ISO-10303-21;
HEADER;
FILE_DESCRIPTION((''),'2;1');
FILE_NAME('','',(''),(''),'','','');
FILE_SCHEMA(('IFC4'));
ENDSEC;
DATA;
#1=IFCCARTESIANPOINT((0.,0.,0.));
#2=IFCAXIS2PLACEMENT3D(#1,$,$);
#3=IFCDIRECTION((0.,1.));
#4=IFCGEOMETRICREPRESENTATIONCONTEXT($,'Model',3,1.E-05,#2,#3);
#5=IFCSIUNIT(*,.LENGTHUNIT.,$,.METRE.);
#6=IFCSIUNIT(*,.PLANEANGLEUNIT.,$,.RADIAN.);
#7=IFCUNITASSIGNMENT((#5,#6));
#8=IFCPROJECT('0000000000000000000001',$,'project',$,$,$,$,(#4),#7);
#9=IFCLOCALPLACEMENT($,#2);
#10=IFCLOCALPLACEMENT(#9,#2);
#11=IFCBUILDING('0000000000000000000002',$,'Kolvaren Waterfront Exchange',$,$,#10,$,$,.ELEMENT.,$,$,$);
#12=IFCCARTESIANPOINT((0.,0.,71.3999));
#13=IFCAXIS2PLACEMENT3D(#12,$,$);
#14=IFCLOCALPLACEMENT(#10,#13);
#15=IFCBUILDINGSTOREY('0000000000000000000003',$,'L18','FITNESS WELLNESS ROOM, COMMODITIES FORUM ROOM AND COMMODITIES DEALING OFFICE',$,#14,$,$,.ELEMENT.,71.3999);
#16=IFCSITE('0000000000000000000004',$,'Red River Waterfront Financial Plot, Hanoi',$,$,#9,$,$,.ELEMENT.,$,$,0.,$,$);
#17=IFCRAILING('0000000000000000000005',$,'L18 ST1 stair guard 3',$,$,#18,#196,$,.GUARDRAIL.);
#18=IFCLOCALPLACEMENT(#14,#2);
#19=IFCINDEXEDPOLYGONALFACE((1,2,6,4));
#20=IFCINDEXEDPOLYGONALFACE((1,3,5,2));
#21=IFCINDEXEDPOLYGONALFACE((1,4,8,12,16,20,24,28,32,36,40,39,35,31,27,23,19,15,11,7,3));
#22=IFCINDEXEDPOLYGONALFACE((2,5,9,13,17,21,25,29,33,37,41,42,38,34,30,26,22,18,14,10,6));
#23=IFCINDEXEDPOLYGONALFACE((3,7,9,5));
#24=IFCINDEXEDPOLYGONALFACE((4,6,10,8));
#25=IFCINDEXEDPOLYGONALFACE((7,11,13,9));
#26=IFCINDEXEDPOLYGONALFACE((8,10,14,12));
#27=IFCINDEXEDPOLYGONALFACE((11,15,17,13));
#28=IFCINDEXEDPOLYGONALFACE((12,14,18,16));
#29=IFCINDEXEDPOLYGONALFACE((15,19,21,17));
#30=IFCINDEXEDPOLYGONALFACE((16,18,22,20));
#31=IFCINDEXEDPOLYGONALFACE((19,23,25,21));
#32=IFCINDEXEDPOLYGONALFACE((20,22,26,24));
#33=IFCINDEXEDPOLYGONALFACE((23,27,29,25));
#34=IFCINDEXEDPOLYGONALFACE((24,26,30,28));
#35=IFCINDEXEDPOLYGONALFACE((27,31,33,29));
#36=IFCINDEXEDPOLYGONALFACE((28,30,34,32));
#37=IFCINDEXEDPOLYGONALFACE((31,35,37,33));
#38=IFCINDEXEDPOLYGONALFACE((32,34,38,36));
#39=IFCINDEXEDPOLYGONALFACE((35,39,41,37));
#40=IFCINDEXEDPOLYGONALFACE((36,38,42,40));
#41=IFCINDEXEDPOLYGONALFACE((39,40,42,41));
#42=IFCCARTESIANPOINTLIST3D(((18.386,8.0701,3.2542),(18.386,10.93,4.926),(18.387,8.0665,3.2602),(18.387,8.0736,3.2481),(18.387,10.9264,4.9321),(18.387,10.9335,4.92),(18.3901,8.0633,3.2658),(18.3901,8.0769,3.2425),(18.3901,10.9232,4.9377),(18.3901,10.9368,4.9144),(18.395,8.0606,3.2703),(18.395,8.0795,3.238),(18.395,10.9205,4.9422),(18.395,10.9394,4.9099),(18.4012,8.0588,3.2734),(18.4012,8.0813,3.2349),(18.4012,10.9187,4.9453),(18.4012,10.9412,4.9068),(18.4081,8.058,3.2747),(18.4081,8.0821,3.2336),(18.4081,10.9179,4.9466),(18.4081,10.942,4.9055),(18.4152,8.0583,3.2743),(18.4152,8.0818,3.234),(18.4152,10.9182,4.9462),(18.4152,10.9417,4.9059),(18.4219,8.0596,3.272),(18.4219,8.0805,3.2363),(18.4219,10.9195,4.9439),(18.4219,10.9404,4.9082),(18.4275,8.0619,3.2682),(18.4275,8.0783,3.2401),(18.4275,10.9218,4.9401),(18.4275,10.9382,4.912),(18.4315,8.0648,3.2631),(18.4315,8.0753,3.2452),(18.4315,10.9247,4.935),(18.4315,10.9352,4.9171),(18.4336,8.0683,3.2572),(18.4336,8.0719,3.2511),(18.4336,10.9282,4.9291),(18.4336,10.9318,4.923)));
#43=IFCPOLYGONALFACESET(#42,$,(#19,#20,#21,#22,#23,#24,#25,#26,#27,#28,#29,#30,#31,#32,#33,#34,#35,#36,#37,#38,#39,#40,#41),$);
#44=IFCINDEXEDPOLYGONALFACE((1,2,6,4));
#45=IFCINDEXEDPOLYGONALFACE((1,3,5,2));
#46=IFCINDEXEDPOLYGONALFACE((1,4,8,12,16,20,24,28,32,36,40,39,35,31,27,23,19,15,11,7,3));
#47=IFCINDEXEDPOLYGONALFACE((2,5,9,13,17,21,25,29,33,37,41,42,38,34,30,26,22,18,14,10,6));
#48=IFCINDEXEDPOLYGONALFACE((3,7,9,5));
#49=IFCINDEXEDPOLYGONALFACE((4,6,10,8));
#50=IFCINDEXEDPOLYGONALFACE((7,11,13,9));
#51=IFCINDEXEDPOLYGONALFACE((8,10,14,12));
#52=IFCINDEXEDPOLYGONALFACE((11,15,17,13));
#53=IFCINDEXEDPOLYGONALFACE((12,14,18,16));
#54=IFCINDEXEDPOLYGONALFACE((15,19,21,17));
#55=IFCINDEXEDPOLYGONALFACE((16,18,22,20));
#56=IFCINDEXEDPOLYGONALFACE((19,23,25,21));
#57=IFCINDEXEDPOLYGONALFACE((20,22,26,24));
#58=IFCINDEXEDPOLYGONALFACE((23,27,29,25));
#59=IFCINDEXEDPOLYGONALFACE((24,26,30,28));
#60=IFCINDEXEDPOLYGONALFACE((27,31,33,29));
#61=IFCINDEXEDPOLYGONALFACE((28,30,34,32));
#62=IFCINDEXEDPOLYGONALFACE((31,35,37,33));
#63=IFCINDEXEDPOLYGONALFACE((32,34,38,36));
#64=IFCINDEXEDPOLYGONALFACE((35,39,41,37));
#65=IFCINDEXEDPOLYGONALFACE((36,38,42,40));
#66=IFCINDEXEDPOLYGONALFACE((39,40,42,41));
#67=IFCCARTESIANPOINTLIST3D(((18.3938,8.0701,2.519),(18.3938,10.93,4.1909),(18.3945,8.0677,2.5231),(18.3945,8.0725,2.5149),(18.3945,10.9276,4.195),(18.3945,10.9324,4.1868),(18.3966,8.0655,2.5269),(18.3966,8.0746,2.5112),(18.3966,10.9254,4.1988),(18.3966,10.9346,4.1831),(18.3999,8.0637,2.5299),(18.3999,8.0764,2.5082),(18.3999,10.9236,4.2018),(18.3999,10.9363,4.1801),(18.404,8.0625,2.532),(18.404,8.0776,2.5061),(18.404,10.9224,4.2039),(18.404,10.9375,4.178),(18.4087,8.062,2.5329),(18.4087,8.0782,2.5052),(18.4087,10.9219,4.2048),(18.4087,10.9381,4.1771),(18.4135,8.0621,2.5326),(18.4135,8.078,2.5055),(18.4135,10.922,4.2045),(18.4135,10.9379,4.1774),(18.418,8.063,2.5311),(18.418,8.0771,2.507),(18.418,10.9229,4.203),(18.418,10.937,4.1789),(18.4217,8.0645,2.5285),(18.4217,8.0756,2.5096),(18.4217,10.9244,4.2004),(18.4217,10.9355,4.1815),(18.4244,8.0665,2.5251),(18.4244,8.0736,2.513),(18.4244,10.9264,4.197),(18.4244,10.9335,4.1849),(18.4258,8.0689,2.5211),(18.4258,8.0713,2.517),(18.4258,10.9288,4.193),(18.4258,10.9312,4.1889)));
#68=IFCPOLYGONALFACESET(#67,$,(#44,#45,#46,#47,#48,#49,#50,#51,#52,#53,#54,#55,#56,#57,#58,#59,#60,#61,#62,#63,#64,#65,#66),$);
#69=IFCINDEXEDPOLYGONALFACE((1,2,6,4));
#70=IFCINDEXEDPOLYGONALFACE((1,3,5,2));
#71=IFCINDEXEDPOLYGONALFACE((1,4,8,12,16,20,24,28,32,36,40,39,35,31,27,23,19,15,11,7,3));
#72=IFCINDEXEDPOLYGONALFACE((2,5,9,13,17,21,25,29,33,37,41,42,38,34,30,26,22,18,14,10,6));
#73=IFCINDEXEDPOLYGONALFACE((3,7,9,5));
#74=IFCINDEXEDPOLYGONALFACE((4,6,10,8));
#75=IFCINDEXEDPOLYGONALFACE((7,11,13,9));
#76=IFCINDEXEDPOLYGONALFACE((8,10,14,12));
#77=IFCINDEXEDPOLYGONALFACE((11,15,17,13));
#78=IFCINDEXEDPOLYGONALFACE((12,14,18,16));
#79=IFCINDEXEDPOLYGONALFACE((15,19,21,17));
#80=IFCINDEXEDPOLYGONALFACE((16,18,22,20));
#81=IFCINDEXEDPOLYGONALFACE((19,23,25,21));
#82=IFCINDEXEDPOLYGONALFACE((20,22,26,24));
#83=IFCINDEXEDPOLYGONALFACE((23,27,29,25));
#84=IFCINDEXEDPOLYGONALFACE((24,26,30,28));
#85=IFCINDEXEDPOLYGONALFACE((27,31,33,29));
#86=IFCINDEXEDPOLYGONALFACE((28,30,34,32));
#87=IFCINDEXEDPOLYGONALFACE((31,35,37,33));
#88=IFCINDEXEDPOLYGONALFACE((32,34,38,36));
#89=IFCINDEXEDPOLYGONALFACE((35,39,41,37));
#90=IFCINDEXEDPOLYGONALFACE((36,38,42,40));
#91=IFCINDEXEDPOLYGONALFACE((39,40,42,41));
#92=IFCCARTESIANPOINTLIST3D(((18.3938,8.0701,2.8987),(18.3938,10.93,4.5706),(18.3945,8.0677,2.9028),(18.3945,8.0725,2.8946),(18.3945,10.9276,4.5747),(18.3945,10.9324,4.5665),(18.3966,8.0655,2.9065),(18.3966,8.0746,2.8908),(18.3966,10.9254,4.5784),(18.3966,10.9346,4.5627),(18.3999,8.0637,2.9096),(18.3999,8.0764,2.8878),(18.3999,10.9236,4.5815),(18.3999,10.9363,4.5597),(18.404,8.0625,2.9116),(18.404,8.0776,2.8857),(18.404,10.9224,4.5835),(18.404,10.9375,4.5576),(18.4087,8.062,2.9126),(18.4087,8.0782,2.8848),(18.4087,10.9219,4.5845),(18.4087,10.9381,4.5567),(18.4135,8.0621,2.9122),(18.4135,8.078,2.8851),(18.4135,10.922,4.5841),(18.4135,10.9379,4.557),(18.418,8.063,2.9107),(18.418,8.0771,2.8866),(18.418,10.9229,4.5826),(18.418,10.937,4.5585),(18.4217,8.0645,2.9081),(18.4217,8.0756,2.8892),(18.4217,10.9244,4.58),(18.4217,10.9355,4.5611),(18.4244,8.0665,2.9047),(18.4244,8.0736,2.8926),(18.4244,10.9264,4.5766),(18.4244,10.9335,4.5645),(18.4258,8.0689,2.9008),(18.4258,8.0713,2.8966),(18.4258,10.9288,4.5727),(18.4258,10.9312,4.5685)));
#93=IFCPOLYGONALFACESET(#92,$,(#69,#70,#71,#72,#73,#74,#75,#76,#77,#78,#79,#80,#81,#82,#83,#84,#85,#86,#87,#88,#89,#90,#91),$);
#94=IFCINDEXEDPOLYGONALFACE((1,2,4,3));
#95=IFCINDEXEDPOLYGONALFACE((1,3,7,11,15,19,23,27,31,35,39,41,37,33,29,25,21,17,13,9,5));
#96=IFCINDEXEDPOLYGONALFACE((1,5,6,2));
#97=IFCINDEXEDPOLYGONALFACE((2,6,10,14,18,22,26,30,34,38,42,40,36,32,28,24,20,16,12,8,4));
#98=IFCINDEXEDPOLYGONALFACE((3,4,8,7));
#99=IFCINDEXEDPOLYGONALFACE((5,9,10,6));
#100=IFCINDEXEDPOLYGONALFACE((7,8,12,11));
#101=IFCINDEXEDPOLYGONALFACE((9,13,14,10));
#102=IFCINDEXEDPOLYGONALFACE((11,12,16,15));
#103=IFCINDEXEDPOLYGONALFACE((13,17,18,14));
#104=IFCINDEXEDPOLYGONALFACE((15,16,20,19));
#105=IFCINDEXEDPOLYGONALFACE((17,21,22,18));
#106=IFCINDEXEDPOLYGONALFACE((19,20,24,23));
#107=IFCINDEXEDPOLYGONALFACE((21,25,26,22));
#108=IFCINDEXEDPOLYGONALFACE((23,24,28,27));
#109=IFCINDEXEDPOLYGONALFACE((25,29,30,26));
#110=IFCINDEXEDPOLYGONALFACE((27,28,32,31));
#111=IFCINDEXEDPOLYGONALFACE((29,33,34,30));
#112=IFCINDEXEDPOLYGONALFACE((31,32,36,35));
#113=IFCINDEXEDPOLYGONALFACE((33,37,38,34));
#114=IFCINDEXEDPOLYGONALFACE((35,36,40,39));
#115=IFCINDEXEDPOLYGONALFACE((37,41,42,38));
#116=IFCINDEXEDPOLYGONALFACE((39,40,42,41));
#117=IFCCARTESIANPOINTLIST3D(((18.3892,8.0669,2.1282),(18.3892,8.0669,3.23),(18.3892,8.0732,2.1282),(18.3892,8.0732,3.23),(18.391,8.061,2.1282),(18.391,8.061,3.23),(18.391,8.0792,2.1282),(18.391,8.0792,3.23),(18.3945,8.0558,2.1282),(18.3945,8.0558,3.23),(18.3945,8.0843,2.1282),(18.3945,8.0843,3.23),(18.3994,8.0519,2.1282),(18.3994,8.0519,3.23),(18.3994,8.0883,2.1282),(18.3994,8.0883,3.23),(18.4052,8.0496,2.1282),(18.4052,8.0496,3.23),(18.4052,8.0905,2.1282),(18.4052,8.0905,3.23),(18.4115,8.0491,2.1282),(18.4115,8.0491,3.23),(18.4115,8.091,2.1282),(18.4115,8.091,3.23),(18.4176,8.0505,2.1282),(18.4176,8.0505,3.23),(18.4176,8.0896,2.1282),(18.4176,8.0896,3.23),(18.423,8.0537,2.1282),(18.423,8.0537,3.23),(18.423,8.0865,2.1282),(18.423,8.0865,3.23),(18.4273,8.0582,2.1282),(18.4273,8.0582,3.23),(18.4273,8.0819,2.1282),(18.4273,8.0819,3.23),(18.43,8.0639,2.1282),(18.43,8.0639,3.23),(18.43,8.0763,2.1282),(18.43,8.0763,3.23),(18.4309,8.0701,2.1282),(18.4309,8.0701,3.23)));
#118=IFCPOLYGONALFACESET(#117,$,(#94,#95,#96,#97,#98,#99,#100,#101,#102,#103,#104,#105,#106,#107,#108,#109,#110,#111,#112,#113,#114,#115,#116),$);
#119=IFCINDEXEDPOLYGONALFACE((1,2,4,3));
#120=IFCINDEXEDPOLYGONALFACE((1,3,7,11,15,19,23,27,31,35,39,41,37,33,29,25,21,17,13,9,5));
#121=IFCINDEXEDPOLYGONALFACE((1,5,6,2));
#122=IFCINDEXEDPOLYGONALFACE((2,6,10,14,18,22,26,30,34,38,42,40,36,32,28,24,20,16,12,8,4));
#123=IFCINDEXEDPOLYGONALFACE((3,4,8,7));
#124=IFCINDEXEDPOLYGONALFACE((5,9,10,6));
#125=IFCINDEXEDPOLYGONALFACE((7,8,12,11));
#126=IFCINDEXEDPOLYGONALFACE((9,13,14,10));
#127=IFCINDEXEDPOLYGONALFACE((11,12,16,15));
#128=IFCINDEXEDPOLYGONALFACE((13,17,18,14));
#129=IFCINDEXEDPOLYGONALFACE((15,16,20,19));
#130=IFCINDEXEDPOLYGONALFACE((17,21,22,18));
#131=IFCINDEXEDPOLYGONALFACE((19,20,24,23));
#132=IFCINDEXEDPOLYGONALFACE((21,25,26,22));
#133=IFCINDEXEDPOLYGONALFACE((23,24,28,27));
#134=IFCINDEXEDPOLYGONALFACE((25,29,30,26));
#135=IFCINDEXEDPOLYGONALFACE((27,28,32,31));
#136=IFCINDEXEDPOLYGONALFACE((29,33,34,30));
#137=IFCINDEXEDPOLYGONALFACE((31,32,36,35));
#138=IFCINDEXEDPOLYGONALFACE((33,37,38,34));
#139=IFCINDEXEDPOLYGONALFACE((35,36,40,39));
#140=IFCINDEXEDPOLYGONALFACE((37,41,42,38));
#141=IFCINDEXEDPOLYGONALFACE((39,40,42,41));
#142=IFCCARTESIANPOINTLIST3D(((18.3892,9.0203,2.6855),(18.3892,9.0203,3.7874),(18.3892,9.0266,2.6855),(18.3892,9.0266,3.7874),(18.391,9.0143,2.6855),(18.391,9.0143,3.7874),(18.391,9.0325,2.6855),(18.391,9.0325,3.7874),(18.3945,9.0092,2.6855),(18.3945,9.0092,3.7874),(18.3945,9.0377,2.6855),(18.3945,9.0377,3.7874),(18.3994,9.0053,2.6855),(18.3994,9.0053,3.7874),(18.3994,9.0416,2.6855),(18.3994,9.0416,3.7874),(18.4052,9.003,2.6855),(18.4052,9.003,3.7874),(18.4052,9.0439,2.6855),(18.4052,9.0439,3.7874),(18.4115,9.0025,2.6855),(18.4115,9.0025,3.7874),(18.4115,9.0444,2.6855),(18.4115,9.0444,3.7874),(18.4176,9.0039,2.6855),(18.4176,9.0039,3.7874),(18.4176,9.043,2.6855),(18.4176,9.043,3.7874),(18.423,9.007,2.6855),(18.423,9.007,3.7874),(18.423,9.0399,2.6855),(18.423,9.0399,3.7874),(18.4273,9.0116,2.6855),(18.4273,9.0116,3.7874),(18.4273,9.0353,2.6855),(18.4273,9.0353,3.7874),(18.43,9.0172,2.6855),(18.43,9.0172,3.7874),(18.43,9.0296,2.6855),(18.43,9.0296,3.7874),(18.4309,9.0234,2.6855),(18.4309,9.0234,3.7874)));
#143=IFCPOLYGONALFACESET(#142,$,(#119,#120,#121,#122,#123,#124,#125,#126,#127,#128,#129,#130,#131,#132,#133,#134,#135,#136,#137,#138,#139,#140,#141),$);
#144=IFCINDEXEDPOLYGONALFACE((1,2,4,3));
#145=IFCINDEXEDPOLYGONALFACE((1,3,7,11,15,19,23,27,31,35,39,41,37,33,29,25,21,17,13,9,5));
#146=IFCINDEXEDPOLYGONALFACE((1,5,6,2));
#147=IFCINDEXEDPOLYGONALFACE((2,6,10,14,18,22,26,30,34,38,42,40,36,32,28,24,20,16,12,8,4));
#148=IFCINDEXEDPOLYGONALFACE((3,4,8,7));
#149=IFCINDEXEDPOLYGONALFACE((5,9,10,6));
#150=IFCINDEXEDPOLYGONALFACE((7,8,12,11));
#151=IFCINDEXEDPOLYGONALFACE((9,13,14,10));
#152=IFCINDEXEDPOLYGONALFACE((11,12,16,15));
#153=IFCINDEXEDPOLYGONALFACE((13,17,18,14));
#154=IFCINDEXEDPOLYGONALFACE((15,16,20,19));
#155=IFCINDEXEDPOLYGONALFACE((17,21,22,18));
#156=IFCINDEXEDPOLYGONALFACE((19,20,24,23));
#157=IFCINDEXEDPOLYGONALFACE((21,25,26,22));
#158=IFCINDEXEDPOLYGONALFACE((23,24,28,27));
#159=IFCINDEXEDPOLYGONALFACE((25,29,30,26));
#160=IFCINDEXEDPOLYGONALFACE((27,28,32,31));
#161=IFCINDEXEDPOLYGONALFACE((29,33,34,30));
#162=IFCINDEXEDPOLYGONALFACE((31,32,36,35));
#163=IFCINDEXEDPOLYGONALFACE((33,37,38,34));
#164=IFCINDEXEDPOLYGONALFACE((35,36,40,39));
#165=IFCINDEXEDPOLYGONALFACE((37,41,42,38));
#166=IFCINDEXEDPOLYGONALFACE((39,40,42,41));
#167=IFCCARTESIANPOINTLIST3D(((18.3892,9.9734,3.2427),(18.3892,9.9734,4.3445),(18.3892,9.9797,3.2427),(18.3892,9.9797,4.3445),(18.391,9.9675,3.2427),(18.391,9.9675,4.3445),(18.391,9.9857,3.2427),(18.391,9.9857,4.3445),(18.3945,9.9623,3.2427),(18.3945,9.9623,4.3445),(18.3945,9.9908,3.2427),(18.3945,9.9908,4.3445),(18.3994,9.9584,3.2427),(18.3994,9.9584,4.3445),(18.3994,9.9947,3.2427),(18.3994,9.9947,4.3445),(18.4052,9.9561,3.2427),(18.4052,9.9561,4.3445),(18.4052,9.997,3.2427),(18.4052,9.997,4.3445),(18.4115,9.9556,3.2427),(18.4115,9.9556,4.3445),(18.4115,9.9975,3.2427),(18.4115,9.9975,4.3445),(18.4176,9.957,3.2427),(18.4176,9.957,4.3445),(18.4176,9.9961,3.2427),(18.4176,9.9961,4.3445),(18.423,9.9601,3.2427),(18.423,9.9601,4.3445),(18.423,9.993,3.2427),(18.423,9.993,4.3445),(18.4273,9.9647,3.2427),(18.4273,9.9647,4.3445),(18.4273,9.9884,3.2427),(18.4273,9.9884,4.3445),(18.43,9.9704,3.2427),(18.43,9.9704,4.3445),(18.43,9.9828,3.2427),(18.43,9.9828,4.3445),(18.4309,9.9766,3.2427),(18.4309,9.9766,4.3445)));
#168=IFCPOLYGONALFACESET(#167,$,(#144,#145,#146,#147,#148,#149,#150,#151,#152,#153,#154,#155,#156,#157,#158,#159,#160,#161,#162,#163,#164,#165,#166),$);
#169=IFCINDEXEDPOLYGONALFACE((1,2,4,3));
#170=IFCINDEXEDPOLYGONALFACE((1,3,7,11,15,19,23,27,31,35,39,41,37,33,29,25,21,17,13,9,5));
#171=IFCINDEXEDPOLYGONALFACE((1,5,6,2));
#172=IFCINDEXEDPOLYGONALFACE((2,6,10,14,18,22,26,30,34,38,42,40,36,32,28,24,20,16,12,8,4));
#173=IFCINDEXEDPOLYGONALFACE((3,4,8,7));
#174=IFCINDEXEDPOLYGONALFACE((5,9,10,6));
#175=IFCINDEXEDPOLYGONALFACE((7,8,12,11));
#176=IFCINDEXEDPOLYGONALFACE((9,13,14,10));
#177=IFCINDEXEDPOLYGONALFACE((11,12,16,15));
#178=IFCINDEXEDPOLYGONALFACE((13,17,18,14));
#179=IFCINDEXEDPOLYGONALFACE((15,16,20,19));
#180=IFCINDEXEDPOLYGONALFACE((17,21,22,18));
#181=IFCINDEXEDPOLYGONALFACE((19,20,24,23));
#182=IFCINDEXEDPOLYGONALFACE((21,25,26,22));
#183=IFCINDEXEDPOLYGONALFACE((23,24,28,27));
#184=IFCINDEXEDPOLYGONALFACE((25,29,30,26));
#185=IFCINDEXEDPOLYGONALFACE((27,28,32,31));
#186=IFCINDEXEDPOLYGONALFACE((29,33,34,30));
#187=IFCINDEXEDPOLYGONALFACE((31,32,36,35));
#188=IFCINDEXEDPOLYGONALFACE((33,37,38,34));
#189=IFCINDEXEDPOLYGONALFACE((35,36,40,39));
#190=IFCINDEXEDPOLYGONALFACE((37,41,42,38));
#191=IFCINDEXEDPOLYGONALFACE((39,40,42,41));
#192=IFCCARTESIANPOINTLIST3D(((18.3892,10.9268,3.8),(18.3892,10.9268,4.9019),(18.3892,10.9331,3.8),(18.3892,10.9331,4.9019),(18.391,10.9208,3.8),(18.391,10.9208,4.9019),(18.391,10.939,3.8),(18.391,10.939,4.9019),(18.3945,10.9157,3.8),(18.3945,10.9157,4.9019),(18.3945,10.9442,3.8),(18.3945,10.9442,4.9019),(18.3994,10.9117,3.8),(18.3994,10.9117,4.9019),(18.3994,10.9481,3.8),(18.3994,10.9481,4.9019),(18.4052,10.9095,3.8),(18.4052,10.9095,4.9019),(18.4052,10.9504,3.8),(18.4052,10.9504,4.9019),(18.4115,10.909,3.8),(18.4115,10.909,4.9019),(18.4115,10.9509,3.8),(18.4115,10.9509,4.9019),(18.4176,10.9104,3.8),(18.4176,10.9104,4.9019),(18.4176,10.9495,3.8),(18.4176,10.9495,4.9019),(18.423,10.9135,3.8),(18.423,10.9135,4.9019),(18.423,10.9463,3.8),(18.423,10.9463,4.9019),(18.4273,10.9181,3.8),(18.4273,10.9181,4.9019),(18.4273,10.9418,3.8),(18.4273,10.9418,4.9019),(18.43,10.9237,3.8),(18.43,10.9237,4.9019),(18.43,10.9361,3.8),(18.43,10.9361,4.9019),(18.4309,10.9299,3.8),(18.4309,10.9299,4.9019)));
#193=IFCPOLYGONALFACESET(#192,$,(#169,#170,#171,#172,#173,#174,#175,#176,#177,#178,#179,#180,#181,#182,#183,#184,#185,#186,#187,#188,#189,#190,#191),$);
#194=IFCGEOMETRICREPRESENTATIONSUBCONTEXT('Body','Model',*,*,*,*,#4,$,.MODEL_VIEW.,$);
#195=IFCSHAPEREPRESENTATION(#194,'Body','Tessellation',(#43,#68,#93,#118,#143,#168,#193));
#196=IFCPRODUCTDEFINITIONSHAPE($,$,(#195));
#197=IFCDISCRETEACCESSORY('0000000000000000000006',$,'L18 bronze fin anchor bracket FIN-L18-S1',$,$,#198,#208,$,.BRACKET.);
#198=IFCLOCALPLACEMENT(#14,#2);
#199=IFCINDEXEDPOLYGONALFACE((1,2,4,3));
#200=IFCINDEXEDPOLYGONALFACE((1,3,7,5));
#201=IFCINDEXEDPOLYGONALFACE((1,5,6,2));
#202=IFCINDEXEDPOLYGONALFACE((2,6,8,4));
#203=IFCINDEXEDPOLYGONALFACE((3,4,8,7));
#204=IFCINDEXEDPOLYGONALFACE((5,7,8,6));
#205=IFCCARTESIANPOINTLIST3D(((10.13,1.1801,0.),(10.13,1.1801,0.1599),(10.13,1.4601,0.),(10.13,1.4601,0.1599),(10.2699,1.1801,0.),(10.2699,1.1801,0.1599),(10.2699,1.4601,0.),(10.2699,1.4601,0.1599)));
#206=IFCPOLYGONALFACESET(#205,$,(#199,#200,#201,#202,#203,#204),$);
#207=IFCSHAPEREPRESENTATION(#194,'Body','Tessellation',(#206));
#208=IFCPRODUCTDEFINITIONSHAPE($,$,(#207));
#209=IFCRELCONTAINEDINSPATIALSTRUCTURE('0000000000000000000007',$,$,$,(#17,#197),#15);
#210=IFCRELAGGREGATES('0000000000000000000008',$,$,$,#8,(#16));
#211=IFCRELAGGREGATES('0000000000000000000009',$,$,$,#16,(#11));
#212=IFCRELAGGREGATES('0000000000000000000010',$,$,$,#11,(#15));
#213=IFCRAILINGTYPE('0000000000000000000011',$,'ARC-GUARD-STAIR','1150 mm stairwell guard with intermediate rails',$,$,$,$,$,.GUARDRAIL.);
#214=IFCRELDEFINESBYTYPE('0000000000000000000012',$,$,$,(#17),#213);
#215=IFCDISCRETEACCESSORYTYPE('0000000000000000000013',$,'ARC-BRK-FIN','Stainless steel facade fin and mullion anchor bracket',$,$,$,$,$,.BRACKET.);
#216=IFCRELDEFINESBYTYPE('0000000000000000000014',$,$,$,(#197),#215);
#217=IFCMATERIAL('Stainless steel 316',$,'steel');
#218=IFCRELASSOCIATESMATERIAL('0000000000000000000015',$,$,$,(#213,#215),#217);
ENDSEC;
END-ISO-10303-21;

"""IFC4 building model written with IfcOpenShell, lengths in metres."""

from ifc_helpers import new_model, si_unit, direction, frame, origin, origin_with_axes, origin_2d, place, context, subcontext, project, spatial, rectangle, circle, extrude, source, transform, mapped, material, type_object, element, save


model = new_model("IFC4")

# Units and contexts
model_context = context("Model", 3, precision=1e-05, world=origin(), true_north=direction((0.0, 1.0)))
body_context = subcontext(model_context, "Body", "Model", "MODEL_VIEW")
ifc_project = project(units=[si_unit("LENGTHUNIT", "METRE"), si_unit("PLANEANGLEUNIT", "RADIAN")], contexts=[model_context])

# Site, building, storey
site_placement = place(None, origin())
site = spatial("IfcSite", under=ifc_project, at=site_placement, Name="Red River Waterfront Financial Plot, Hanoi", CompositionType="ELEMENT", RefElevation=0.0)
building_placement = place(site_placement, origin())
building = spatial("IfcBuilding", under=site, at=building_placement, Name="Kolvaren Waterfront Exchange", CompositionType="ELEMENT")
storey_placement = place(building_placement, frame((0.0, 0.0, 71.3999)))
storey = spatial("IfcBuildingStorey", under=building, at=storey_placement, Name="L18", Description="FITNESS WELLNESS ROOM, COMMODITIES FORUM ROOM AND COMMODITIES DEALING OFFICE", CompositionType="ELEMENT", Elevation=71.3999)

# Railing
ifc_material_1 = material(Name="Stainless steel 316", Category="steel")
railing_type = type_object("IfcRailingType", Name="ARC-GUARD-STAIR", Description="1150 mm stairwell guard with intermediate rails", PredefinedType="GUARDRAIL", material=ifc_material_1)
railing_1_placement = place(storey_placement, frame((18.4099, 8.0701, 2.1282)))
element("IfcRailing", 1, at=railing_1_placement, inside=storey, type_object=railing_type, Name="L18 ST1 stair guard 3", PredefinedType="GUARDRAIL", context=body_context, shape_type="SweptSolid", body=[
    extrude(circle(Radius=0.0239, at=origin_2d()), frame((0.0, 0.0, 1.126), z_axis=(0.0, 0.863303, 0.504686), x_axis=(-1.0, 0.0, 0.0)), (0.0, 0.0, 1.0), 3.3127),
    extrude(circle(Radius=0.0161, at=origin_2d()), frame((0.0, 0.0, 0.3909), z_axis=(0.0, 0.863303, 0.504686), x_axis=(-1.0, 0.0, 0.0)), (0.0, 0.0, 1.0), 3.3127),
    extrude(circle(Radius=0.0161, at=origin_2d()), frame((0.0, 0.0, 0.7705), z_axis=(0.0, 0.863303, 0.504686), x_axis=(-1.0, 0.0, 0.0)), (0.0, 0.0, 1.0), 3.3127),
    extrude(circle(Radius=0.021, at=origin_2d()), origin(), (0.0, 0.0, 1.0), 1.1018),
    extrude(circle(Radius=0.021, at=origin_2d()), frame((0.0, 0.9534, 0.5574)), (0.0, 0.0, 1.0), 1.1018),
    extrude(circle(Radius=0.021, at=origin_2d()), frame((0.0, 1.9065, 1.1145)), (0.0, 0.0, 1.0), 1.1018),
    extrude(circle(Radius=0.021, at=origin_2d()), frame((0.0, 2.8599, 1.6719)), (0.0, 0.0, 1.0), 1.1018),
])

# Discrete accessory
discrete_accessory_type = type_object("IfcDiscreteAccessoryType", Name="ARC-BRK-FIN", Description="Stainless steel facade fin and mullion anchor bracket", PredefinedType="BRACKET", material=ifc_material_1)
shared_shape_1 = source(origin_with_axes(), body_context, "Body", "SweptSolid", [
    extrude(rectangle(XDim=0.28, YDim=0.1399, at=origin_2d()), origin(), (0.0, 0.0, 1.0), 0.1599),
])
for number, where, z_axis, x_axis, name in (
    (2, (10.2, 1.3201, 0.0), (0.0, 0.0, 1.0), (0.0, -1.0, 0.0), "L18 bronze fin anchor bracket FIN-L18-S1"),
):
    element("IfcDiscreteAccessory", number, at=place(storey_placement, frame(where, z_axis=z_axis, x_axis=x_axis)), inside=storey, type_object=discrete_accessory_type, Name=name, PredefinedType="BRACKET", context=body_context, shape_type="MappedRepresentation", body=[
        mapped(shared_shape_1, transform((0.0, 0.0, 0.0), x_axis=(1.0, 0.0, 0.0), y_axis=(0.0, 1.0, 0.0), z_axis=(0.0, 0.0, 1.0), scale=1.0)),
    ])

save(model, "model.ifc")
